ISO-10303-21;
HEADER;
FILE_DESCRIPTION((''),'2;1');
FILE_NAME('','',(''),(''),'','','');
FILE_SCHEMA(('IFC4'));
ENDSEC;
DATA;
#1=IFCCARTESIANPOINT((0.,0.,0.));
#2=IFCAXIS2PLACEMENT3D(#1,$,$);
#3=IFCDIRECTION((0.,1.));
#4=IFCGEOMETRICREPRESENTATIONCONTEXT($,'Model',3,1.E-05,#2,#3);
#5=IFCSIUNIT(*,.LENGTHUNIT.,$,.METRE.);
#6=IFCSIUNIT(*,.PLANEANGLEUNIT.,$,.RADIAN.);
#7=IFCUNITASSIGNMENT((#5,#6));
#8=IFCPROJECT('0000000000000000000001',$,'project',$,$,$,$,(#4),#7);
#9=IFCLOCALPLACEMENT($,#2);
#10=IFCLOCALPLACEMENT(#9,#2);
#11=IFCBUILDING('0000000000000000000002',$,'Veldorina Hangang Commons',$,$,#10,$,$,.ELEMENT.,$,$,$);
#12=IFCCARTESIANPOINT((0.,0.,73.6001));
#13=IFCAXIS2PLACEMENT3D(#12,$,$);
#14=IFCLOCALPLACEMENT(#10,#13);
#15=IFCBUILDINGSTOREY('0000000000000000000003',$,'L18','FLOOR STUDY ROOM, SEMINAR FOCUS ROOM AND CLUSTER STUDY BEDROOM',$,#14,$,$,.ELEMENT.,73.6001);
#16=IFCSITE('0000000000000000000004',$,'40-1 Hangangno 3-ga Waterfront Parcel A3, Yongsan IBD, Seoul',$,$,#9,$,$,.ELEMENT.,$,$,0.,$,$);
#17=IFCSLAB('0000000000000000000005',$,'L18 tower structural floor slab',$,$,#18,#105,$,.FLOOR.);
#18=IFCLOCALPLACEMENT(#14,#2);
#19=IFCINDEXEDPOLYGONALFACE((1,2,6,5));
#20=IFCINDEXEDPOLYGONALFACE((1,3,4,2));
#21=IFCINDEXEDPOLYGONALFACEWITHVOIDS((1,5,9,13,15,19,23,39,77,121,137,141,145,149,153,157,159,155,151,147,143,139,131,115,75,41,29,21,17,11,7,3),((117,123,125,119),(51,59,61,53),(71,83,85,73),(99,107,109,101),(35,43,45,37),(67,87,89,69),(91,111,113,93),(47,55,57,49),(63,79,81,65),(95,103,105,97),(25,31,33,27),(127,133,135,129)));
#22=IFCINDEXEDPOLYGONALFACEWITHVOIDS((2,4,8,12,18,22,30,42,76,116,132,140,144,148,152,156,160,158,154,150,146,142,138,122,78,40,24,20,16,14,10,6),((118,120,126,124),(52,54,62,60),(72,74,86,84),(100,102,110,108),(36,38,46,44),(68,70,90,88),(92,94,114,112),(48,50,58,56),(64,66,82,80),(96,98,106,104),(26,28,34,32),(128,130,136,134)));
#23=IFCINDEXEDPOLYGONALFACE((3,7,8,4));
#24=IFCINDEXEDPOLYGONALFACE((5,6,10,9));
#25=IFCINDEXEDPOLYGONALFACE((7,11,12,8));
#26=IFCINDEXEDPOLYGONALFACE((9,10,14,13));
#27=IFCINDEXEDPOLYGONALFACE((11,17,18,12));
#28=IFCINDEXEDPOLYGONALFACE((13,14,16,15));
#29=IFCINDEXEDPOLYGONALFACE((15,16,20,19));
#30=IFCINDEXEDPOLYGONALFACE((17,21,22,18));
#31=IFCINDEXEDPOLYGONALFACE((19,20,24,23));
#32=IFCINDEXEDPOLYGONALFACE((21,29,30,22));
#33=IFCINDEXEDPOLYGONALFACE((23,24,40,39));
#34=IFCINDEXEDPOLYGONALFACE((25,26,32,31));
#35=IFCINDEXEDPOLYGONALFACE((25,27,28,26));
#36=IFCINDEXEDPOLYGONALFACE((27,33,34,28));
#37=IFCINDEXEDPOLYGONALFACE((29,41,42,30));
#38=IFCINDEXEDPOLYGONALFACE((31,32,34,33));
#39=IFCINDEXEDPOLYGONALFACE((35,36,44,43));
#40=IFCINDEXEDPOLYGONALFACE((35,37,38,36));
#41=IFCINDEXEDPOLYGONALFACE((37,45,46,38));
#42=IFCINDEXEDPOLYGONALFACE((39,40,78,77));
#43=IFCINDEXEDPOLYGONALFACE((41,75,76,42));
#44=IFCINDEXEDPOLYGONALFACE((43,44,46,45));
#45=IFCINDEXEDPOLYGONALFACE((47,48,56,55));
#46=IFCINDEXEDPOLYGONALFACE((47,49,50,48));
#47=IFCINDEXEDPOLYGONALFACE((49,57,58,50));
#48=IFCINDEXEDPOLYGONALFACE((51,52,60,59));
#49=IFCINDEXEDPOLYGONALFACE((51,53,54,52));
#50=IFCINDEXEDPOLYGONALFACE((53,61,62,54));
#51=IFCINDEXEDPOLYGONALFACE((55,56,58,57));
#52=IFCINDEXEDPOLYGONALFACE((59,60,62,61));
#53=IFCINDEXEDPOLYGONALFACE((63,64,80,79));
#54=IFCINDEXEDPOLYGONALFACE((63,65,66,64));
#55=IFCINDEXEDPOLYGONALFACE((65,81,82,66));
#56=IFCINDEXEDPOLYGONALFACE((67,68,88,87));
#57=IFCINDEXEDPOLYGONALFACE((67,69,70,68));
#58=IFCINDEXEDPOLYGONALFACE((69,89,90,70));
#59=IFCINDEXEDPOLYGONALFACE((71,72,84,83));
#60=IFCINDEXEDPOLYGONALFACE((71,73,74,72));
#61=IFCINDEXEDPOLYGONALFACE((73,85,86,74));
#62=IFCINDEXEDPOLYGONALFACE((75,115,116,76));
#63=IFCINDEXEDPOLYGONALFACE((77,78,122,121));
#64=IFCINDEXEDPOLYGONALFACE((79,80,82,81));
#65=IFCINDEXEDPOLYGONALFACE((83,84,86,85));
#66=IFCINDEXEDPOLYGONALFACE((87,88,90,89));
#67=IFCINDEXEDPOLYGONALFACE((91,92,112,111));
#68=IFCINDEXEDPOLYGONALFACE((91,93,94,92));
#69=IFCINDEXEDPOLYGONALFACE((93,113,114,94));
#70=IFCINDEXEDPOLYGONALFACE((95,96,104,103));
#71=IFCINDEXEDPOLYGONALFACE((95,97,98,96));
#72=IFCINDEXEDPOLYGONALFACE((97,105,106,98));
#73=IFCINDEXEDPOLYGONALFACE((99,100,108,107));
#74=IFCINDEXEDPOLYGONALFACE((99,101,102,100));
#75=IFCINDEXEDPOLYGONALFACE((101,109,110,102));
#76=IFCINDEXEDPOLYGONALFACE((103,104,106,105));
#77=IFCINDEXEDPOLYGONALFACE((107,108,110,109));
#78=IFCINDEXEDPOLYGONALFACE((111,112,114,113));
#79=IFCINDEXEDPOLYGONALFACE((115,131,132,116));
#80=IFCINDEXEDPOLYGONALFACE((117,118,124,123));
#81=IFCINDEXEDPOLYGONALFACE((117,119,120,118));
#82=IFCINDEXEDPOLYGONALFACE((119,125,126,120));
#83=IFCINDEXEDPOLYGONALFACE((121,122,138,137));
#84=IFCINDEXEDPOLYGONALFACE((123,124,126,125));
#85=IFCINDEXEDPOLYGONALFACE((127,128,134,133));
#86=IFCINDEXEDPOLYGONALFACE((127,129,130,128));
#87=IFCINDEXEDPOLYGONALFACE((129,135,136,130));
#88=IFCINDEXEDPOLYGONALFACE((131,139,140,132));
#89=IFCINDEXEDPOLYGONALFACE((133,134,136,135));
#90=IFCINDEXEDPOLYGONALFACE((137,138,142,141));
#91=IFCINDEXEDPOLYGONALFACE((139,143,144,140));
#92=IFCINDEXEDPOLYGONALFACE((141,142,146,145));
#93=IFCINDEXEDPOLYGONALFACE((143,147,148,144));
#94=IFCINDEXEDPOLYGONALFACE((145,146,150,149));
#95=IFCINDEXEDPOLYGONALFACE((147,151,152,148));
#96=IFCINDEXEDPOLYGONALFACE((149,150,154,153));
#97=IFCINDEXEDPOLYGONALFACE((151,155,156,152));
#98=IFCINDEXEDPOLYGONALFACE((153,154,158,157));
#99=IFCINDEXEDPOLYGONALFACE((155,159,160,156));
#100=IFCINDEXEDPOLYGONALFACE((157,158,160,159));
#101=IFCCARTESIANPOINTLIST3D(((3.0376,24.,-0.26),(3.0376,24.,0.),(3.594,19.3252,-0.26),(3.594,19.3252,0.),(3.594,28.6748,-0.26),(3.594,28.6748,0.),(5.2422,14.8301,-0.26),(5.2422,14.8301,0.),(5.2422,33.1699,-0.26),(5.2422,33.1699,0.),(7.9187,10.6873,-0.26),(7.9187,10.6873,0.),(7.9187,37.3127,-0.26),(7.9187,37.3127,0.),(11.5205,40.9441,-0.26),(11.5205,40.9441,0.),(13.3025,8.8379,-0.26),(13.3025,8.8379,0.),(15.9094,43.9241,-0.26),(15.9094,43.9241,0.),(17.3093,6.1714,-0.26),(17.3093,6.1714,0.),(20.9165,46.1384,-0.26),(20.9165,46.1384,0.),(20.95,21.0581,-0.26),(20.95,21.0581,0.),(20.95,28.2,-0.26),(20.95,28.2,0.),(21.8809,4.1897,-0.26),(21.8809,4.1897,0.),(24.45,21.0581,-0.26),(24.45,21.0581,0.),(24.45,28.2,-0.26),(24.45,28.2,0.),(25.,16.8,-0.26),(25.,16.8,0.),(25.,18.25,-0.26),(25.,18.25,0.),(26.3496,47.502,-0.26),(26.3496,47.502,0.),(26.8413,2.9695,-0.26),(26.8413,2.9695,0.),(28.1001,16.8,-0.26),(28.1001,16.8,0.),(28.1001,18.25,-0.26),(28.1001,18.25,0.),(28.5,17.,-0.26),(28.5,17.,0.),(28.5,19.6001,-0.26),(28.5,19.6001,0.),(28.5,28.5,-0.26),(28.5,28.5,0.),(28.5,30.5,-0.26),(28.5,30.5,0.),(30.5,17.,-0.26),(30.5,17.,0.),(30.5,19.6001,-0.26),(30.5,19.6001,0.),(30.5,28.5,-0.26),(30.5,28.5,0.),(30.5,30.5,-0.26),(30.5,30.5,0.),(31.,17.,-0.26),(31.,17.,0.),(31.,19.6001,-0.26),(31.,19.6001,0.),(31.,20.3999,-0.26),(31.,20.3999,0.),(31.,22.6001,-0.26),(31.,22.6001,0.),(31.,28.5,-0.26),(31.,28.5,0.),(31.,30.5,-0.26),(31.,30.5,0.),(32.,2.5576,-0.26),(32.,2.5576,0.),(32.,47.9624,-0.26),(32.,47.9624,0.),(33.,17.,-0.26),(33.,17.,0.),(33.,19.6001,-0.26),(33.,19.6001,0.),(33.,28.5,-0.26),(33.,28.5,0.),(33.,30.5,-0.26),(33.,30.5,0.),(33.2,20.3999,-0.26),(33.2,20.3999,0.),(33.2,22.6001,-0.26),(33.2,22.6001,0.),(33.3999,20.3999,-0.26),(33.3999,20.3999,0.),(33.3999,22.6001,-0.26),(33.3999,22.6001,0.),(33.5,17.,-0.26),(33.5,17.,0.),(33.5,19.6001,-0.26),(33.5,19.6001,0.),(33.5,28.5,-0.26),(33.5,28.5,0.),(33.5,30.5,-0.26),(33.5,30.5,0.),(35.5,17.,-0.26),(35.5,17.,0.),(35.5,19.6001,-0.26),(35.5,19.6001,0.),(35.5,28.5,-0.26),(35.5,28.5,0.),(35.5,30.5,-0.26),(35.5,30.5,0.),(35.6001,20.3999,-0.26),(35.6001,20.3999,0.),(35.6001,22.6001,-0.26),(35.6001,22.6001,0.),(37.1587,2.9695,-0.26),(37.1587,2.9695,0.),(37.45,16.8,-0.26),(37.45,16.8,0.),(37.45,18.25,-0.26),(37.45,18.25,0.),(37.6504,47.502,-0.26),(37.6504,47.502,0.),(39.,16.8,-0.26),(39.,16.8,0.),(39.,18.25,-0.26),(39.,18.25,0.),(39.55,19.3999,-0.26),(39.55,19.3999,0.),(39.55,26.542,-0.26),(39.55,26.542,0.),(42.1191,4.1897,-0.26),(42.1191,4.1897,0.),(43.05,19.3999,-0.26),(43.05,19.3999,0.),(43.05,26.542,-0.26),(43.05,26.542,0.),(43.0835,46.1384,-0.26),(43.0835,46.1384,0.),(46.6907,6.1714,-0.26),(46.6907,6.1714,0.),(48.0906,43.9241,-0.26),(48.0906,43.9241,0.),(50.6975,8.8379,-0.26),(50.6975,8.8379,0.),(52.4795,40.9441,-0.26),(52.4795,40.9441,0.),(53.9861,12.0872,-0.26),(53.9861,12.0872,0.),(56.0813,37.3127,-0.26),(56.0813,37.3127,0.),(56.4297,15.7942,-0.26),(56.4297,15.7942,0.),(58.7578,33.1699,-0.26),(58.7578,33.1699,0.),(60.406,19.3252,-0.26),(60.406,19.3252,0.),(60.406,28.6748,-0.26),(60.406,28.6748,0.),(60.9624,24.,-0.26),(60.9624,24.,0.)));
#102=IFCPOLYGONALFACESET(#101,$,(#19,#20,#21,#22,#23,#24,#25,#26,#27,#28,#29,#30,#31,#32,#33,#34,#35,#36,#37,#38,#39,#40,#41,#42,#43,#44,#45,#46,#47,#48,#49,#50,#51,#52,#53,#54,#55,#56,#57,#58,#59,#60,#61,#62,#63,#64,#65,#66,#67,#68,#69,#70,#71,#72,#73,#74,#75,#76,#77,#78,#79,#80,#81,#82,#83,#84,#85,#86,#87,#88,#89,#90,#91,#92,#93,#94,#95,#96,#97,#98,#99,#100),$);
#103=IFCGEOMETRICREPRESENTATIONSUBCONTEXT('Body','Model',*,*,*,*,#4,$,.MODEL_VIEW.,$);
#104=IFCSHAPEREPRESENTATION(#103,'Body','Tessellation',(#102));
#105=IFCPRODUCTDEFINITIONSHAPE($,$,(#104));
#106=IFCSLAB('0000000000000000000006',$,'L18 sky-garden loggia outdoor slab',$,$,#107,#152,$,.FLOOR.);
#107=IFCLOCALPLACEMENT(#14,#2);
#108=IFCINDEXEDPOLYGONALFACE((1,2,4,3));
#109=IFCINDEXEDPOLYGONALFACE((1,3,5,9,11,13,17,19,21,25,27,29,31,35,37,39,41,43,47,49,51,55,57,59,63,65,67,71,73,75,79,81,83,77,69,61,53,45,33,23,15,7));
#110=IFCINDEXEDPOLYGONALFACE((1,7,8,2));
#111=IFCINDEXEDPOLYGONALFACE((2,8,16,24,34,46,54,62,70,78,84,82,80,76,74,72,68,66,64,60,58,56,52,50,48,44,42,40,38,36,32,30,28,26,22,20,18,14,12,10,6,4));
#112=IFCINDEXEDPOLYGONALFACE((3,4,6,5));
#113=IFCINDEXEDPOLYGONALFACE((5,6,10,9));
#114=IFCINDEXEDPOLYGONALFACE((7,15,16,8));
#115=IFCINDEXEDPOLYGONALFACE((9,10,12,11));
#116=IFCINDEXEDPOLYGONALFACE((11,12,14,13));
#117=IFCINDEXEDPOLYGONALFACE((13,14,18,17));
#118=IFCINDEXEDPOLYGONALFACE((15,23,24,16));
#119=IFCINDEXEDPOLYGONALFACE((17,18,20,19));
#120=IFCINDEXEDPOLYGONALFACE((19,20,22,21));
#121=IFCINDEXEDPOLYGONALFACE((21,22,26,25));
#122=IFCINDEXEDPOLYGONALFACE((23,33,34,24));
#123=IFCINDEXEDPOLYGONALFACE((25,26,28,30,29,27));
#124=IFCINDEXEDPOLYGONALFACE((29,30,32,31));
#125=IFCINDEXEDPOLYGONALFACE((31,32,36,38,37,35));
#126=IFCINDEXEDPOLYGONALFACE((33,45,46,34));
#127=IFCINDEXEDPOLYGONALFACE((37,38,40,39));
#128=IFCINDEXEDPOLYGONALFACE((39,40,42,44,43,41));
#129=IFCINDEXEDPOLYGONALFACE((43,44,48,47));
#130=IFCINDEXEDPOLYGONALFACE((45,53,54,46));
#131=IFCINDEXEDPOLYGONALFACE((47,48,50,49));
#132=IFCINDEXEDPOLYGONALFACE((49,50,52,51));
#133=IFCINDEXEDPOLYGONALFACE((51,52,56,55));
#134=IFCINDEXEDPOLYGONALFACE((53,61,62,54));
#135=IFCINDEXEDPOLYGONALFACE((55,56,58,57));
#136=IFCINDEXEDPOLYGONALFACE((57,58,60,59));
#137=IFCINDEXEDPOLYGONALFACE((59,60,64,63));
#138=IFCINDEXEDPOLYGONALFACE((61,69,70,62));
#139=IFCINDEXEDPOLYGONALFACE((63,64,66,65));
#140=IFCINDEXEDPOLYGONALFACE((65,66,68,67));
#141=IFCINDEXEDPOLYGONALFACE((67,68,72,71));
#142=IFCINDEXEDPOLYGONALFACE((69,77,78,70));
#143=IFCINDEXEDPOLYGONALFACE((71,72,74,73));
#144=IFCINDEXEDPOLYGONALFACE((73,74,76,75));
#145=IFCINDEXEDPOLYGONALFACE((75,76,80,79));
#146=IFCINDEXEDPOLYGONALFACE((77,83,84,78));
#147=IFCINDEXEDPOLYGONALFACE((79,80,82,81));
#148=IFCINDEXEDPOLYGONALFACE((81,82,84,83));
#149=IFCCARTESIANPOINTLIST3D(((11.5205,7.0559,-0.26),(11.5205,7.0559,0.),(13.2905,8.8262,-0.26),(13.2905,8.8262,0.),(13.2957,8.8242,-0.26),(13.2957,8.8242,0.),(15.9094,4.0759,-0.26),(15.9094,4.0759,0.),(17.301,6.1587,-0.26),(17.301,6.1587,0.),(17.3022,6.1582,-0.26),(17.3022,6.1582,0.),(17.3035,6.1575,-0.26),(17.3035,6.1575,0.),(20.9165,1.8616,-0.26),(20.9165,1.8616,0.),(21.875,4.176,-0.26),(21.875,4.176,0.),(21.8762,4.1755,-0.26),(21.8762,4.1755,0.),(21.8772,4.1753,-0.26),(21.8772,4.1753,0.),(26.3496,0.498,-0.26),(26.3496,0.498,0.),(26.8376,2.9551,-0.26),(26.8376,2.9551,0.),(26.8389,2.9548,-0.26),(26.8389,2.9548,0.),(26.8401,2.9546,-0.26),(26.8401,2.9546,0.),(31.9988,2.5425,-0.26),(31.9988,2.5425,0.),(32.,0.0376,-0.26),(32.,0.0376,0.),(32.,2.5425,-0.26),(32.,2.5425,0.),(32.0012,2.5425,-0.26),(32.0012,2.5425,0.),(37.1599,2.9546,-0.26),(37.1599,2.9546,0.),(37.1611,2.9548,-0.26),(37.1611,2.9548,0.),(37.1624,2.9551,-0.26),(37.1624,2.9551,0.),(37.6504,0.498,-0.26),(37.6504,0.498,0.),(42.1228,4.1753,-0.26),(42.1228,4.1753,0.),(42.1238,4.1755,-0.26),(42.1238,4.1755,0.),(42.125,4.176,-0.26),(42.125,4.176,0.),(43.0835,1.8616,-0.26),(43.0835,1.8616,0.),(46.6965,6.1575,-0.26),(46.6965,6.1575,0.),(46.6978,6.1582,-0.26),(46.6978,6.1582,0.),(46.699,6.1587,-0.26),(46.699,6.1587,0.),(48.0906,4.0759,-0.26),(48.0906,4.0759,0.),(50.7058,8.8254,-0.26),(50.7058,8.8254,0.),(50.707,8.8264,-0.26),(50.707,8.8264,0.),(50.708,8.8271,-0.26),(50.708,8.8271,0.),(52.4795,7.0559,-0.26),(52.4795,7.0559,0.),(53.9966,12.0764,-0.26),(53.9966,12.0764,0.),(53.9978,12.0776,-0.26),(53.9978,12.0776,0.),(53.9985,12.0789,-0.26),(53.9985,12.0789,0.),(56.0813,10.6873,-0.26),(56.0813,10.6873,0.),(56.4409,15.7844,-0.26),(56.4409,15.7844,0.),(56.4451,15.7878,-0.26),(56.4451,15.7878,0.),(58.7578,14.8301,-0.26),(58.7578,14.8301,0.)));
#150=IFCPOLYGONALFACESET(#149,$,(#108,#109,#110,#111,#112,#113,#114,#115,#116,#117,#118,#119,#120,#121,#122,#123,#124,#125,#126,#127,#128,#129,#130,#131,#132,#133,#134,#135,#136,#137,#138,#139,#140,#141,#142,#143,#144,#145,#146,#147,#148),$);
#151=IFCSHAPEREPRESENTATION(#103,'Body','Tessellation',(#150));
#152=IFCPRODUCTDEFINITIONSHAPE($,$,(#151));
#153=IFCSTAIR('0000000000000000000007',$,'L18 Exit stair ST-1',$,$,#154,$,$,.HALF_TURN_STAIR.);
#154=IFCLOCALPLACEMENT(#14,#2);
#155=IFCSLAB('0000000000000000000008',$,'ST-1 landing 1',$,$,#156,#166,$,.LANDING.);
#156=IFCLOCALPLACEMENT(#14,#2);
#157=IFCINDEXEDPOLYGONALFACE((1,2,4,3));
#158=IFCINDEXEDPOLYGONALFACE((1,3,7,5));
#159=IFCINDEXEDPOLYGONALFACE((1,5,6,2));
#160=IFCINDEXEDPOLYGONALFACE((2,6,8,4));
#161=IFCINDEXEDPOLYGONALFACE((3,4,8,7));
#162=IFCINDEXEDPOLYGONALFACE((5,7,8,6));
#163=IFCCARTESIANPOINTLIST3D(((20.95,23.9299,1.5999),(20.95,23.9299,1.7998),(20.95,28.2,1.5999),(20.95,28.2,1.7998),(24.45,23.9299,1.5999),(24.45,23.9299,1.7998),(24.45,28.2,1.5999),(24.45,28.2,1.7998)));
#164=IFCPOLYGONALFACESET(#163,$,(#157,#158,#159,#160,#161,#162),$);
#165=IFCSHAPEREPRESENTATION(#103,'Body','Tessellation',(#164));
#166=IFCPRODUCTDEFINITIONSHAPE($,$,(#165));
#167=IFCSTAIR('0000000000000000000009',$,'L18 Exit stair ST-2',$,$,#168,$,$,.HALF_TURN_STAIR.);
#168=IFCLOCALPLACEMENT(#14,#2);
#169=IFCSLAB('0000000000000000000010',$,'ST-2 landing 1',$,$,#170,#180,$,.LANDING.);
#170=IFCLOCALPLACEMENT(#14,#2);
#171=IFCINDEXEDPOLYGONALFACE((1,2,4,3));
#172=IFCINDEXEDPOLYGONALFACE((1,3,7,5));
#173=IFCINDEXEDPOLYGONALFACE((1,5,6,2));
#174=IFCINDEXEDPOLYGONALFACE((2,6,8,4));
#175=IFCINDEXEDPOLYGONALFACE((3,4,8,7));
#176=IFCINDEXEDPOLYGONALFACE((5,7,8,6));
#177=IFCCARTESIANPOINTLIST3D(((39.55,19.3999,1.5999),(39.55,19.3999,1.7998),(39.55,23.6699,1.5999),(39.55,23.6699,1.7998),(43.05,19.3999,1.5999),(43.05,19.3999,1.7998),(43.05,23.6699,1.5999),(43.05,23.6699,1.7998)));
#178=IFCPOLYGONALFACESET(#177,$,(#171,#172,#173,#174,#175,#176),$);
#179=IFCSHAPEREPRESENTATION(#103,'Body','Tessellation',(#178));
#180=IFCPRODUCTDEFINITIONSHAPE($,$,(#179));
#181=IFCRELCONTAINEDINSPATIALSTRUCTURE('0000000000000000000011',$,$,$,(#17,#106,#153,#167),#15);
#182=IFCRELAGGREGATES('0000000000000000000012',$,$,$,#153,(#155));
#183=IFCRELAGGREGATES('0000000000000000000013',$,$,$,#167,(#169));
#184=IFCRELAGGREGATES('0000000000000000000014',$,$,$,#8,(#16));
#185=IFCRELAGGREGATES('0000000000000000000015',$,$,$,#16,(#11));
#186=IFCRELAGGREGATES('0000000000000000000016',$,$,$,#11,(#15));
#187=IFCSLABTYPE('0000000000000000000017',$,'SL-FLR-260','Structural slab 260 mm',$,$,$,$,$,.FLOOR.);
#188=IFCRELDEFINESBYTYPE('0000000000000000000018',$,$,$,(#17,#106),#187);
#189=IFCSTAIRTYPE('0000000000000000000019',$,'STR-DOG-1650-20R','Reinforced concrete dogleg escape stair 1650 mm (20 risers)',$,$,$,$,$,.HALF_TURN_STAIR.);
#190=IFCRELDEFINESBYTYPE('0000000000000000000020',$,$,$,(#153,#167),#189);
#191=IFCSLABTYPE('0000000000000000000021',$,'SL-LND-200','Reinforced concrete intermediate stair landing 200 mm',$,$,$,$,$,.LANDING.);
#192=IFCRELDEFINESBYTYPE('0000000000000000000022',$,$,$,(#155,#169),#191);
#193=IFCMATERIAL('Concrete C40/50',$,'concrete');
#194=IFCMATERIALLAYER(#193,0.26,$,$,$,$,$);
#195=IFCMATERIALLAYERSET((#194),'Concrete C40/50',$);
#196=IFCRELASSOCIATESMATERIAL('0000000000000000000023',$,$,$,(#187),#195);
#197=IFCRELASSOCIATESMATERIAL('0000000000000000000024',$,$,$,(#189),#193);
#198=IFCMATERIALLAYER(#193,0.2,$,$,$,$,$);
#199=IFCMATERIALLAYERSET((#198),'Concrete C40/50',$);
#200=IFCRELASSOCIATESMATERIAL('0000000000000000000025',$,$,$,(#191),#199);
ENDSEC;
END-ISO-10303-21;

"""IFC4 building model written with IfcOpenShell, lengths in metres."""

from ifc_helpers import new_model, si_unit, direction, frame, origin, place, context, subcontext, project, spatial, polyline, outline, extrude, material, layer, layer_set, type_object, element, aggregate, save


model = new_model("IFC4")

# Units and contexts
model_context = context("Model", 3, precision=1e-05, world=origin(), true_north=direction((0.0, 1.0)))
body_context = subcontext(model_context, "Body", "Model", "MODEL_VIEW")
ifc_project = project(units=[si_unit("LENGTHUNIT", "METRE"), si_unit("PLANEANGLEUNIT", "RADIAN")], contexts=[model_context])

# Site, building, storey
site_placement = place(None, origin())
site = spatial("IfcSite", under=ifc_project, at=site_placement, Name="40-1 Hangangno 3-ga Waterfront Parcel A3, Yongsan IBD, Seoul", CompositionType="ELEMENT", RefElevation=0.0)
building_placement = place(site_placement, origin())
building = spatial("IfcBuilding", under=site, at=building_placement, Name="Veldorina Hangang Commons", CompositionType="ELEMENT")
storey_placement = place(building_placement, frame((0.0, 0.0, 73.6001)))
storey = spatial("IfcBuildingStorey", under=building, at=storey_placement, Name="L18", Description="FLOOR STUDY ROOM, SEMINAR FOCUS ROOM AND CLUSTER STUDY BEDROOM", CompositionType="ELEMENT", Elevation=73.6001)

# Slabs
ifc_material_1 = material(Name="Concrete C40/50", Category="concrete")
ifc_layer_1 = layer(ifc_material_1, 0.26)
ifc_layer_set_1 = layer_set([ifc_layer_1], Name="Concrete C40/50")
slab_type_1 = type_object("IfcSlabType", Name="SL-FLR-260", Description="Structural slab 260 mm", PredefinedType="FLOOR", material=ifc_layer_set_1)
slab_1_placement = place(storey_placement, frame((0.0, 0.0, -0.26)))
element("IfcSlab", 1, at=slab_1_placement, inside=storey, type_object=slab_type_1, Name="L18 tower structural floor slab", PredefinedType="FLOOR", context=body_context, shape_type="SweptSolid", body=[
    extrude(outline(polyline([(60.9624, 24.0), (60.406, 28.6748), (58.7578, 33.1699), (56.0813, 37.3127), (52.4795, 40.9441), (48.0906, 43.9241), (43.0835, 46.1384), (37.6504, 47.502), (32.0, 47.9624), (26.3496, 47.502), (20.9165, 46.1384), (15.9094, 43.9241), (11.5205, 40.9441), (7.9187, 37.3127), (5.2422, 33.1699), (3.594, 28.6748), (3.0376, 24.0), (3.594, 19.3252), (5.2422, 14.8301), (7.9187, 10.6873), (13.3025, 8.8379), (17.3093, 6.1714), (21.8809, 4.1897), (26.8413, 2.9695), (32.0, 2.5576), (37.1587, 2.9695), (42.1191, 4.1897), (46.6907, 6.1714), (50.6975, 8.8379), (53.9861, 12.0872), (56.4297, 15.7942), (60.406, 19.3252), (60.9624, 24.0)]), holes=[polyline([(20.95, 21.0581), (20.95, 28.2), (24.45, 28.2), (24.45, 21.0581), (20.95, 21.0581)]), polyline([(43.05, 26.542), (43.05, 19.3999), (39.55, 19.3999), (39.55, 26.542), (43.05, 26.542)]), polyline([(28.5, 30.5), (30.5, 30.5), (30.5, 28.5), (28.5, 28.5), (28.5, 30.5)]), polyline([(31.0, 30.5), (33.0, 30.5), (33.0, 28.5), (31.0, 28.5), (31.0, 30.5)]), polyline([(33.5, 30.5), (35.5, 30.5), (35.5, 28.5), (33.5, 28.5), (33.5, 30.5)]), polyline([(31.0, 22.6001), (33.2, 22.6001), (33.2, 20.3999), (31.0, 20.3999), (31.0, 22.6001)]), polyline([(33.3999, 22.6001), (35.6001, 22.6001), (35.6001, 20.3999), (33.3999, 20.3999), (33.3999, 22.6001)]), polyline([(28.5, 19.6001), (30.5, 19.6001), (30.5, 17.0), (28.5, 17.0), (28.5, 19.6001)]), polyline([(31.0, 19.6001), (33.0, 19.6001), (33.0, 17.0), (31.0, 17.0), (31.0, 19.6001)]), polyline([(33.5, 19.6001), (35.5, 19.6001), (35.5, 17.0), (33.5, 17.0), (33.5, 19.6001)]), polyline([(25.0, 18.25), (28.1001, 18.25), (28.1001, 16.8), (25.0, 16.8), (25.0, 18.25)]), polyline([(37.45, 18.25), (39.0, 18.25), (39.0, 16.8), (37.45, 16.8), (37.45, 18.25)])]), origin(), (0.0, 0.0, 1.0), 0.26),
])
slab_2_placement = place(storey_placement, frame((0.0, 0.0, -0.26)))
element("IfcSlab", 2, at=slab_2_placement, inside=storey, type_object=slab_type_1, Name="L18 sky-garden loggia outdoor slab", PredefinedType="FLOOR", context=body_context, shape_type="SweptSolid", body=[
    extrude(outline(polyline([(58.7578, 14.8301), (56.0813, 10.6873), (52.4795, 7.0559), (48.0906, 4.0759), (43.0835, 1.8616), (37.6504, 0.498), (32.0, 0.0376), (26.3496, 0.498), (20.9165, 1.8616), (15.9094, 4.0759), (11.5205, 7.0559), (13.2905, 8.8262), (13.2957, 8.8242), (17.301, 6.1587), (17.3022, 6.1582), (17.3035, 6.1575), (21.875, 4.176), (21.8762, 4.1755), (21.8772, 4.1753), (26.8376, 2.9551), (26.8389, 2.9548), (26.8401, 2.9546), (31.9988, 2.5425), (32.0, 2.5425), (32.0012, 2.5425), (37.1599, 2.9546), (37.1611, 2.9548), (37.1624, 2.9551), (42.1228, 4.1753), (42.1238, 4.1755), (42.125, 4.176), (46.6965, 6.1575), (46.6978, 6.1582), (46.699, 6.1587), (50.7058, 8.8254), (50.707, 8.8264), (50.708, 8.8271), (53.9966, 12.0764), (53.9978, 12.0776), (53.9985, 12.0789), (56.4409, 15.7844), (56.4451, 15.7878), (58.7578, 14.8301)])), origin(), (0.0, 0.0, 1.0), 0.26),
])

# Stairs, slabs
stair_type = type_object("IfcStairType", Name="STR-DOG-1650-20R", Description="Reinforced concrete dogleg escape stair 1650 mm (20 risers)", PredefinedType="HALF_TURN_STAIR", material=ifc_material_1)
stair_1_placement = place(storey_placement, origin())
stair_1 = element("IfcStair", 3, at=stair_1_placement, inside=storey, type_object=stair_type, Name="L18 Exit stair ST-1", PredefinedType="HALF_TURN_STAIR")
ifc_layer_2 = layer(ifc_material_1, 0.2)
ifc_layer_set_2 = layer_set([ifc_layer_2], Name="Concrete C40/50")
slab_type_2 = type_object("IfcSlabType", Name="SL-LND-200", Description="Reinforced concrete intermediate stair landing 200 mm", PredefinedType="LANDING", material=ifc_layer_set_2)
slab_3_placement = place(storey_placement, frame((0.0, 0.0, 1.5999)))
slab_3 = element("IfcSlab", 4, at=slab_3_placement, type_object=slab_type_2, Name="ST-1 landing 1", PredefinedType="LANDING", context=body_context, shape_type="SweptSolid", body=[
    extrude(outline(polyline([(24.45, 23.9299), (24.45, 28.2), (20.95, 28.2), (20.95, 23.9299), (24.45, 23.9299)])), origin(), (0.0, 0.0, 1.0), 0.2),
])
aggregate(stair_1, [slab_3])
stair_2_placement = place(storey_placement, origin())
stair_2 = element("IfcStair", 5, at=stair_2_placement, inside=storey, type_object=stair_type, Name="L18 Exit stair ST-2", PredefinedType="HALF_TURN_STAIR")
slab_4_placement = place(storey_placement, frame((0.0, 0.0, 1.5999)))
slab_4 = element("IfcSlab", 6, at=slab_4_placement, type_object=slab_type_2, Name="ST-2 landing 1", PredefinedType="LANDING", context=body_context, shape_type="SweptSolid", body=[
    extrude(outline(polyline([(39.55, 23.6699), (39.55, 19.3999), (43.05, 19.3999), (43.05, 23.6699), (39.55, 23.6699)])), origin(), (0.0, 0.0, 1.0), 0.2),
])
aggregate(stair_2, [slab_4])

save(model, "model.ifc")
